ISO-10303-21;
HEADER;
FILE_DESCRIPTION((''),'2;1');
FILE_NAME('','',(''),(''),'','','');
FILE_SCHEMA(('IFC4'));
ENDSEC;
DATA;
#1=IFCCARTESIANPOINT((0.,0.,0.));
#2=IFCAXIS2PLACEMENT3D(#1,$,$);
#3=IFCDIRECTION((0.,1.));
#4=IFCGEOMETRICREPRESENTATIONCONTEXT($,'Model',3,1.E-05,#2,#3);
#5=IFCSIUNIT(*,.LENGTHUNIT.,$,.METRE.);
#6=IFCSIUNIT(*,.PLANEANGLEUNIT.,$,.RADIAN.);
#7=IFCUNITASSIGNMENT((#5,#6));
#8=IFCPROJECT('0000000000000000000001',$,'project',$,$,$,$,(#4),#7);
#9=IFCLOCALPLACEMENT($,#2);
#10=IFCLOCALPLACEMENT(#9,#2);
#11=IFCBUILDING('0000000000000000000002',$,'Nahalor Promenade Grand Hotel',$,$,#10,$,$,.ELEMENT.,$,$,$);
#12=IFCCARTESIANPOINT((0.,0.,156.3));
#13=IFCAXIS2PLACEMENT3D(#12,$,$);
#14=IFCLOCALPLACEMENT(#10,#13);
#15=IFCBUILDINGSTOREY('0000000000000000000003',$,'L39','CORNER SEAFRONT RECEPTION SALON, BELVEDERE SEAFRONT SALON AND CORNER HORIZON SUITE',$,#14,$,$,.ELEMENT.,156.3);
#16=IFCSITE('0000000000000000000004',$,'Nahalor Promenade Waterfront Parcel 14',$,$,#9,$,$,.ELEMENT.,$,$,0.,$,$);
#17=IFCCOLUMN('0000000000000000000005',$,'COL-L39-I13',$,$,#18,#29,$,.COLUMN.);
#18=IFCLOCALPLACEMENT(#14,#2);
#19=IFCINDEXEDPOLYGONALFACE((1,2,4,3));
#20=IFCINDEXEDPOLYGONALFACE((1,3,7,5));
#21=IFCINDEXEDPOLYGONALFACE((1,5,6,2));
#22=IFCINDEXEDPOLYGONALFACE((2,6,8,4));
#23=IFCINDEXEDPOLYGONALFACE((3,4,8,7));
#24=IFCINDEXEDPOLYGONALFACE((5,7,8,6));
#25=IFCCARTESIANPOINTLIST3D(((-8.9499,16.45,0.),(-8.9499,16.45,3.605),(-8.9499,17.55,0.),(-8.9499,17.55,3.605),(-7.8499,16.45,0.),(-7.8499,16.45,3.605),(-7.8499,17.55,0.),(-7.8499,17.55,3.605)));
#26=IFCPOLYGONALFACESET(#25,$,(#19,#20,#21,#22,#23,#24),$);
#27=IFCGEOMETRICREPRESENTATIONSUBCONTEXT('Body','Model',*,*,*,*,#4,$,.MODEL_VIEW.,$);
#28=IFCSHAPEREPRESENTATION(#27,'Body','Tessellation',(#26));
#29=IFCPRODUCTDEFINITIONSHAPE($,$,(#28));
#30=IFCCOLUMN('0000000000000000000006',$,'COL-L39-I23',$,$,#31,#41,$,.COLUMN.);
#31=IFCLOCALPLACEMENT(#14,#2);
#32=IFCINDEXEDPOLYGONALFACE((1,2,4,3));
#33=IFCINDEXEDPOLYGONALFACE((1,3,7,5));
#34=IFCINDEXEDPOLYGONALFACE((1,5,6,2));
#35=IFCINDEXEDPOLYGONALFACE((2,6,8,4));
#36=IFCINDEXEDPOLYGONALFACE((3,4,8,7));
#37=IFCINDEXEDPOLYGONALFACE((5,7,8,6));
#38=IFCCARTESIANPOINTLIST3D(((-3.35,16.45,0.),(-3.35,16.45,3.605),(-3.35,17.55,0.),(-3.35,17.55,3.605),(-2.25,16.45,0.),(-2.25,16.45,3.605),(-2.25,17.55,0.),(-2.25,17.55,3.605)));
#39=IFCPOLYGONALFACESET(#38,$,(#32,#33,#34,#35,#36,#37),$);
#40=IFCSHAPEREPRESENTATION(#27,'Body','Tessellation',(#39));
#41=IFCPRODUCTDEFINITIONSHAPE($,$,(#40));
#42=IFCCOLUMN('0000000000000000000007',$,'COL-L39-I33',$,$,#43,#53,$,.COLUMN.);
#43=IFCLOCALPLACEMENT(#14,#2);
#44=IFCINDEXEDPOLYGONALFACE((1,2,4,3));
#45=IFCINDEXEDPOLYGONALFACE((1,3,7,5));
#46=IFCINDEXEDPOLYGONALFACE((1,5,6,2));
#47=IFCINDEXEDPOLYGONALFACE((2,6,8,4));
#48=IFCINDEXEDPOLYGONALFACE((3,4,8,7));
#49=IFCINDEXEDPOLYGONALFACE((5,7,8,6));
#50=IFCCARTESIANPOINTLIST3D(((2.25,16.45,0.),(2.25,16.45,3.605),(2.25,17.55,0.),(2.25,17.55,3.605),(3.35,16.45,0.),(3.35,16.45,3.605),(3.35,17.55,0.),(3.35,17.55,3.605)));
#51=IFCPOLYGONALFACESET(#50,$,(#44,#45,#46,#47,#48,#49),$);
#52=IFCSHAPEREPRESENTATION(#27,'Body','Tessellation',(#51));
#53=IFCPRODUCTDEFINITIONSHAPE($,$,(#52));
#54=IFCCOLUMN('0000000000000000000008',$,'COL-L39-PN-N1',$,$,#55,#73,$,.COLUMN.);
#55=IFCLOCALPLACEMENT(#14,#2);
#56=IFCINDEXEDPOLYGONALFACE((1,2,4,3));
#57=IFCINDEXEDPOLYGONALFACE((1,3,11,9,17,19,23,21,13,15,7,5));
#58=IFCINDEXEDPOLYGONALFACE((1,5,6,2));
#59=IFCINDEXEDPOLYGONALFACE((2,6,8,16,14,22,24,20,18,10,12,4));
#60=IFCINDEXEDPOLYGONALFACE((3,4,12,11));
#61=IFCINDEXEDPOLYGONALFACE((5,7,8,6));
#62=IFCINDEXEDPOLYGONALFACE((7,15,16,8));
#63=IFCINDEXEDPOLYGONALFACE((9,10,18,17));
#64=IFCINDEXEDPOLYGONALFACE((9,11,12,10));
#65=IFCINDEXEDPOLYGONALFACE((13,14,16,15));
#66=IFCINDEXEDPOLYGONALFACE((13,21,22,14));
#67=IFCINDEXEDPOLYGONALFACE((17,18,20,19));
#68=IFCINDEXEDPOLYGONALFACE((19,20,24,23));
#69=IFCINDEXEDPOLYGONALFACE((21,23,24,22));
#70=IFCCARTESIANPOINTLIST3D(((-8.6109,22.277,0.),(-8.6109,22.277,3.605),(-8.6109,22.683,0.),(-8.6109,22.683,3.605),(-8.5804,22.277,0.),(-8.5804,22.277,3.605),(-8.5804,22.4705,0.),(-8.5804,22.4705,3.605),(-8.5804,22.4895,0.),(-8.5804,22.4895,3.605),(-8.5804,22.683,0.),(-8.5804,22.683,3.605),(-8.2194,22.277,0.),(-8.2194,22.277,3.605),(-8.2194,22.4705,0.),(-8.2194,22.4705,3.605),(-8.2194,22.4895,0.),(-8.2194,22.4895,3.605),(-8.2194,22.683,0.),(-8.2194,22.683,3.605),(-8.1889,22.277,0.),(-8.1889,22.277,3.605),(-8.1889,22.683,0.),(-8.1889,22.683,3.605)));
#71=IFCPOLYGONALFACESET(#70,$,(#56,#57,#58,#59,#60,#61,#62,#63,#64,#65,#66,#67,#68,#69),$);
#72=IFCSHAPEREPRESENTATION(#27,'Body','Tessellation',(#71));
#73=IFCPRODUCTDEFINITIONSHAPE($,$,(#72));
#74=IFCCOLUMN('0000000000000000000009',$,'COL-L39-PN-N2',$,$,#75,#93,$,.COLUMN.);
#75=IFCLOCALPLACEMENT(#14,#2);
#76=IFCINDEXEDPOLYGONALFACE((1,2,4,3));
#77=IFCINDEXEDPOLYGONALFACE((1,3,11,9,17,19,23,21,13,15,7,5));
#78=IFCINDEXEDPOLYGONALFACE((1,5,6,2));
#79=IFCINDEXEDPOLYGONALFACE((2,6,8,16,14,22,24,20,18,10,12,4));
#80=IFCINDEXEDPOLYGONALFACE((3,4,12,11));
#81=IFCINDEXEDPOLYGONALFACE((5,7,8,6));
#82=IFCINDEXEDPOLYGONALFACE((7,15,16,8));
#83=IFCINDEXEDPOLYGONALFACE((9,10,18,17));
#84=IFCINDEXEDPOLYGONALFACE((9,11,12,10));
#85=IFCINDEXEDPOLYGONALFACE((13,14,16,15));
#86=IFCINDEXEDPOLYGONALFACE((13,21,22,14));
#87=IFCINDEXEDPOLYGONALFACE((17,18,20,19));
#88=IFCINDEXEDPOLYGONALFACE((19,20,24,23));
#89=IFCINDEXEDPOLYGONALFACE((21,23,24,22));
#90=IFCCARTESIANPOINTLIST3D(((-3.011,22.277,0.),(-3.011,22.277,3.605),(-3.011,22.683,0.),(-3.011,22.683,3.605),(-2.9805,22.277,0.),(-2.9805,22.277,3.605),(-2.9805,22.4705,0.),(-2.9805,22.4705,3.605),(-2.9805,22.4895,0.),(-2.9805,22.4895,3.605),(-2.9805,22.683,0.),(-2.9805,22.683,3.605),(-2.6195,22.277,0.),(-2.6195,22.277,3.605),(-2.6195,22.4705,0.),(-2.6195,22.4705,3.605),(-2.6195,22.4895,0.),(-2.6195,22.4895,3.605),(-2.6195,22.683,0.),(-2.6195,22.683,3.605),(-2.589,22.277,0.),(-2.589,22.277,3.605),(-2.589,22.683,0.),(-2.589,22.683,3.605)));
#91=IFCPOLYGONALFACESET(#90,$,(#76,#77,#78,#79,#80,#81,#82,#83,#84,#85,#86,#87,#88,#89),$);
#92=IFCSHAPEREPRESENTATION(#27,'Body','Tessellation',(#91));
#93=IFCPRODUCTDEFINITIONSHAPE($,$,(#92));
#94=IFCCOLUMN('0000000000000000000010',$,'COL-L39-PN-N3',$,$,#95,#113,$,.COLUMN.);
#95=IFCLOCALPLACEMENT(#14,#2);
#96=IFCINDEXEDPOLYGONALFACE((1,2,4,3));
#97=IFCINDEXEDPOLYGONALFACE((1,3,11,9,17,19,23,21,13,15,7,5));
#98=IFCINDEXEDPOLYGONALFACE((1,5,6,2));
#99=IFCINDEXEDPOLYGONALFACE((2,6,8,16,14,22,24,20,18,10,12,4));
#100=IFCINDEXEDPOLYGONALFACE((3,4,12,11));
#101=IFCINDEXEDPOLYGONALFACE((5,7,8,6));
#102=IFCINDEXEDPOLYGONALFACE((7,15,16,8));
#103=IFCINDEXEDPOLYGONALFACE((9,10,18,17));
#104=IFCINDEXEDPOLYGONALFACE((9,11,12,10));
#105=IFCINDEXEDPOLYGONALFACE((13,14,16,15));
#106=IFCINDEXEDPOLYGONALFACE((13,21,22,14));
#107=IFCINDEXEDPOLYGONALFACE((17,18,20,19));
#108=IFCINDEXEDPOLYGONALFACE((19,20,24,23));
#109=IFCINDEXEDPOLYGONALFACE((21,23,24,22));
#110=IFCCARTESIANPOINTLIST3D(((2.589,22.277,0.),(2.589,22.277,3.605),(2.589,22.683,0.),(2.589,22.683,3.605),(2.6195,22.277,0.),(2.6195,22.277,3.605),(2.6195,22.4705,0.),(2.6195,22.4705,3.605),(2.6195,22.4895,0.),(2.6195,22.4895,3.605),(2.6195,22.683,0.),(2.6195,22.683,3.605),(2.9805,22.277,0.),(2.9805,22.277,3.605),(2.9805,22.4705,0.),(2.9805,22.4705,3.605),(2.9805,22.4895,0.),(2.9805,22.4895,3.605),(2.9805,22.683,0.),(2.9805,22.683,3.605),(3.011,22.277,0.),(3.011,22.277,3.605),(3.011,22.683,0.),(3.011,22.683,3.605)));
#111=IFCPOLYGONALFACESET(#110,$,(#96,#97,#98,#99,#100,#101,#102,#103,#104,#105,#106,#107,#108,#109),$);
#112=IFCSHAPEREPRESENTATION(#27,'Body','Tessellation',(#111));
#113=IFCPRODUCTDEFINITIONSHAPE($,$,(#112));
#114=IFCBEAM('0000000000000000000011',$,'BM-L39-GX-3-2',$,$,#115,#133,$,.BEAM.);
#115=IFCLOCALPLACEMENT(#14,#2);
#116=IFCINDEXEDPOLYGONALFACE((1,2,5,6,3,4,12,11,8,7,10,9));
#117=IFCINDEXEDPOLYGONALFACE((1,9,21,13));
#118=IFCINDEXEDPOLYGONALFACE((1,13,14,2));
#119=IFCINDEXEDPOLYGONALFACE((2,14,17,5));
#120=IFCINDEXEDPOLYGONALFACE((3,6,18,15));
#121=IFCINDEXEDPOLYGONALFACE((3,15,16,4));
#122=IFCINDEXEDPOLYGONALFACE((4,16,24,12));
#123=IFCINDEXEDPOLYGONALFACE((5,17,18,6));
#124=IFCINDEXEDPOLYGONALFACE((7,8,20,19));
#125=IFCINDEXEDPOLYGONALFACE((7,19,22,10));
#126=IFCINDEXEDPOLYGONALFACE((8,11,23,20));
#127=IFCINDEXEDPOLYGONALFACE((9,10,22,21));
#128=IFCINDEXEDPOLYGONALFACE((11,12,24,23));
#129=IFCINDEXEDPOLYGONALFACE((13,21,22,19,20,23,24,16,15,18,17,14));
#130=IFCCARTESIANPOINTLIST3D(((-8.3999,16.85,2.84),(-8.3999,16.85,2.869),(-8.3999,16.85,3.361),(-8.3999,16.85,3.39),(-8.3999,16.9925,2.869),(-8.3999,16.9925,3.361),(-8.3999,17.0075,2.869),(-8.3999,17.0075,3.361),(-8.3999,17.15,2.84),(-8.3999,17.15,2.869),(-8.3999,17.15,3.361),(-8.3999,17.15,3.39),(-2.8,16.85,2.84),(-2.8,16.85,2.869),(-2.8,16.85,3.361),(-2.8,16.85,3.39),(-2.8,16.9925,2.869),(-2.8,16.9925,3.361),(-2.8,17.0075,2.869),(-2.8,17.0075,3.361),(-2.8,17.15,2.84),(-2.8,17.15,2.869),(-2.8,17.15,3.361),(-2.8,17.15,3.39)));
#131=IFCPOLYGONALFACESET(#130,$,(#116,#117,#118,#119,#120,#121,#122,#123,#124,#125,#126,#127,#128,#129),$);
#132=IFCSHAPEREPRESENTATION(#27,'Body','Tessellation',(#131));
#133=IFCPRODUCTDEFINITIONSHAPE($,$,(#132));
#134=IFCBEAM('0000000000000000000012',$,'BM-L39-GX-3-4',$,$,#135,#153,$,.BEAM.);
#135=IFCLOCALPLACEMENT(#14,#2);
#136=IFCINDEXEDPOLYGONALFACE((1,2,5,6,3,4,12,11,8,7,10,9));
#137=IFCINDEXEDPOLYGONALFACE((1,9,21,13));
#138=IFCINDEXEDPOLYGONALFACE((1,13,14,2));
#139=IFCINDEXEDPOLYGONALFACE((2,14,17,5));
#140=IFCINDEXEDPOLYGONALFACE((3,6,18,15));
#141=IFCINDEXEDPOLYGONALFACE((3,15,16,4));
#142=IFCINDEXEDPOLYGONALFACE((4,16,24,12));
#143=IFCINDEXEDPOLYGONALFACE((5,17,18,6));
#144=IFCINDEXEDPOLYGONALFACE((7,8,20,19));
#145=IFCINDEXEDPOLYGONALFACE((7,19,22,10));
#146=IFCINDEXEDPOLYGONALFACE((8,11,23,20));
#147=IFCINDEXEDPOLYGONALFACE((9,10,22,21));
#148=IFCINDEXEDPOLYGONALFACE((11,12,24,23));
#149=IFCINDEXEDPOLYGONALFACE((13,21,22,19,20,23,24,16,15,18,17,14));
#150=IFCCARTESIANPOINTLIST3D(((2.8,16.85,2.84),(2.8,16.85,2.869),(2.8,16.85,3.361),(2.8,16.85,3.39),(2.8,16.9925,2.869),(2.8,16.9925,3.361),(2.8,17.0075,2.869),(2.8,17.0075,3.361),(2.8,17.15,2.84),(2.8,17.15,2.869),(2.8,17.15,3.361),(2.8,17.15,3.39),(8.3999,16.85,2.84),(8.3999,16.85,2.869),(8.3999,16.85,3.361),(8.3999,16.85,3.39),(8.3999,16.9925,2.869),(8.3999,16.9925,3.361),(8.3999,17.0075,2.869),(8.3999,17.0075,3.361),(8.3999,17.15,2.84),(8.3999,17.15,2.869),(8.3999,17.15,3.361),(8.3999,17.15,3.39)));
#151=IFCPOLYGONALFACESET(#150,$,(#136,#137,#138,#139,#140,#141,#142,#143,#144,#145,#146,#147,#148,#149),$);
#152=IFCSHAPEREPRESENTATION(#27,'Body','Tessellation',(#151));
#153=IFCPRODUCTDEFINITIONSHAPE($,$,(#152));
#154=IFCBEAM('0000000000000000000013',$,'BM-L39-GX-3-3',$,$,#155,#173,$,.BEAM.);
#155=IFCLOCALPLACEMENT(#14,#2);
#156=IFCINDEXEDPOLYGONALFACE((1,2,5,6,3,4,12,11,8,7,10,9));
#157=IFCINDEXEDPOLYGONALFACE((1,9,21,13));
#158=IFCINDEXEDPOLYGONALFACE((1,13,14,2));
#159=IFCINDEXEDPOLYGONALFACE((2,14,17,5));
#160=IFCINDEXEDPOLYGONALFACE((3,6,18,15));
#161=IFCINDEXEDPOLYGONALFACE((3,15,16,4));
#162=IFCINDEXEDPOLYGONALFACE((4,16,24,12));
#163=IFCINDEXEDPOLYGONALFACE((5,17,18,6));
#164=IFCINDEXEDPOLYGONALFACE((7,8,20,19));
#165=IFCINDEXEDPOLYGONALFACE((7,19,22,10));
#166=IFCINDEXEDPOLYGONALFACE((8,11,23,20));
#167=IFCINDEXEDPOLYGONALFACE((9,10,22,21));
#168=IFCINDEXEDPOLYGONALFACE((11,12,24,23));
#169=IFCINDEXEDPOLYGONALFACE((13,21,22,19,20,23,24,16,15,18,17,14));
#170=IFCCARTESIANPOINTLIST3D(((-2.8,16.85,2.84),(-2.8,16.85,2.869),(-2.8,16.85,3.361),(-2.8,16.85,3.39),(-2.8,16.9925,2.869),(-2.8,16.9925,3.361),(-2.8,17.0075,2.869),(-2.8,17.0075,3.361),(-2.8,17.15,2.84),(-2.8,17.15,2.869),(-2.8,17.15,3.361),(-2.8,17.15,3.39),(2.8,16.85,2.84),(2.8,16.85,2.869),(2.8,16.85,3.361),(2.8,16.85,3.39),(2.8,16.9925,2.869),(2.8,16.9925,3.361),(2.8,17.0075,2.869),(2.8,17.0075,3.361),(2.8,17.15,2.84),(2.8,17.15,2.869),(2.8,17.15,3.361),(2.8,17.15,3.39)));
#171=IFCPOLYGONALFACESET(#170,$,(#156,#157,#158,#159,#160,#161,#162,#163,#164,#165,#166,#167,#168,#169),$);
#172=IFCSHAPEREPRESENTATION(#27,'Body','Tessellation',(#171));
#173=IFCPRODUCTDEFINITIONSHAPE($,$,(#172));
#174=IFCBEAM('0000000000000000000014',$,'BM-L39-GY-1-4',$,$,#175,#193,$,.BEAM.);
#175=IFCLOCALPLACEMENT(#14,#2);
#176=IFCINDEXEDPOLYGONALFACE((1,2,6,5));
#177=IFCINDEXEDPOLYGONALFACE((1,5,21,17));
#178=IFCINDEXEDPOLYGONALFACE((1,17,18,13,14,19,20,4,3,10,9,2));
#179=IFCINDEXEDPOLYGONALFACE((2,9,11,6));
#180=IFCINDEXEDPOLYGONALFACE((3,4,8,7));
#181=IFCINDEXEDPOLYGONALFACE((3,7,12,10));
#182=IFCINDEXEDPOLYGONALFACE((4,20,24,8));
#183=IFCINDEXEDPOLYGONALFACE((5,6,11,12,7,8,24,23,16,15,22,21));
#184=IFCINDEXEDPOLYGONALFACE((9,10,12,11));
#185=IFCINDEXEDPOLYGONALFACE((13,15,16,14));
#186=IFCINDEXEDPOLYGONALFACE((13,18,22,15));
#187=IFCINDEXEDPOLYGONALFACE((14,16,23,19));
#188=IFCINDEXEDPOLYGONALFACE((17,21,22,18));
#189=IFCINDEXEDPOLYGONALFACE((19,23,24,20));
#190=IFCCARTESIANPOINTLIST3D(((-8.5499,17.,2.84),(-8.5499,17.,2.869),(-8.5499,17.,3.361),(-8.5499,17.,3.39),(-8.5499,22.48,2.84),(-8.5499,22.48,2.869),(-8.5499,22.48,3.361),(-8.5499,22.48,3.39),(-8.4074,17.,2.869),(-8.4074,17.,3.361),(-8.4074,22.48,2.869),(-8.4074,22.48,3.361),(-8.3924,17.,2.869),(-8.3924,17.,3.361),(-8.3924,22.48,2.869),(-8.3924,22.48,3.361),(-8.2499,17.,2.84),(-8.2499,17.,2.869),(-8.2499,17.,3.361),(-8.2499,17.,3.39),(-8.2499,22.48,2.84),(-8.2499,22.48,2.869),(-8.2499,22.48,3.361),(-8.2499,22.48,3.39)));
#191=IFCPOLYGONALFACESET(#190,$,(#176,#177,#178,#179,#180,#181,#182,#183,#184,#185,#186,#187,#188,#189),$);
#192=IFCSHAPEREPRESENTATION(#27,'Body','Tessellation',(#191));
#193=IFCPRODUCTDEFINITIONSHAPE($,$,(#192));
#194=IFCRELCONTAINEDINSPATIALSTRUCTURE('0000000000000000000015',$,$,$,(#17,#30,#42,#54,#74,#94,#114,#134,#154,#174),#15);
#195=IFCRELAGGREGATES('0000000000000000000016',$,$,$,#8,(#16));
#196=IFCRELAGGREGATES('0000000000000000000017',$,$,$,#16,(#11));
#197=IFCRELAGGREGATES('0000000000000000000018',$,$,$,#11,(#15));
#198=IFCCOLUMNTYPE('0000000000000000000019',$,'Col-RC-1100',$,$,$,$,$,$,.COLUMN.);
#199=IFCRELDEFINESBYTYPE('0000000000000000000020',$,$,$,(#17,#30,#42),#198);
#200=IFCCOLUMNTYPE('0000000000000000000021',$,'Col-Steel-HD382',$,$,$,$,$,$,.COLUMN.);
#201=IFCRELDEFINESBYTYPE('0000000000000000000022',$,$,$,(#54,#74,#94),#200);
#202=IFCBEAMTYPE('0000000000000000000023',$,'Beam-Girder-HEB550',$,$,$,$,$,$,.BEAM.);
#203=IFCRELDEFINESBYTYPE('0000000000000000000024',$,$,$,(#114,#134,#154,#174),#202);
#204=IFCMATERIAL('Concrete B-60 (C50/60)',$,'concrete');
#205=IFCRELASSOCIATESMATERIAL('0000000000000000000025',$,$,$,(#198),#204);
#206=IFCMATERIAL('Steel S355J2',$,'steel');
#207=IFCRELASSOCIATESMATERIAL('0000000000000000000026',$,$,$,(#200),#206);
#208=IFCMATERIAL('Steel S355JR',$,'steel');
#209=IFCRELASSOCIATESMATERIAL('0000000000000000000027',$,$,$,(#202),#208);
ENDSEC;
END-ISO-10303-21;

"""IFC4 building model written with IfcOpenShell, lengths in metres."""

from ifc_helpers import new_model, si_unit, direction, frame, origin, origin_2d, place, context, subcontext, project, spatial, rectangle, i_section, extrude, source, transform, mapped, material, material_profile, profile_set, type_object, element, save


model = new_model("IFC4")

# Units and contexts
model_context = context("Model", 3, precision=1e-05, world=origin(), true_north=direction((0.0, 1.0)))
body_context = subcontext(model_context, "Body", "Model", "MODEL_VIEW")
ifc_project = project(units=[si_unit("LENGTHUNIT", "METRE"), si_unit("PLANEANGLEUNIT", "RADIAN")], contexts=[model_context])

# Site, building, storey
site_placement = place(None, origin())
site = spatial("IfcSite", under=ifc_project, at=site_placement, Name="Nahalor Promenade Waterfront Parcel 14", CompositionType="ELEMENT", RefElevation=0.0)
building_placement = place(site_placement, origin())
building = spatial("IfcBuilding", under=site, at=building_placement, Name="Nahalor Promenade Grand Hotel", CompositionType="ELEMENT")
storey_placement = place(building_placement, frame((0.0, 0.0, 156.3)))
storey = spatial("IfcBuildingStorey", under=building, at=storey_placement, Name="L39", Description="CORNER SEAFRONT RECEPTION SALON, BELVEDERE SEAFRONT SALON AND CORNER HORIZON SUITE", CompositionType="ELEMENT", Elevation=156.3)

# Columns
ifc_material_1 = material(Name="Concrete B-60 (C50/60)", Category="concrete")
ifc_material_profile_1 = material_profile(ifc_material_1, rectangle(XDim=1.1, YDim=1.1, at=origin_2d()), Name="RC 1100x1100")
ifc_profile_set_1 = profile_set([ifc_material_profile_1], Name="Concrete B-60 (C50/60)")
column_type_1 = type_object("IfcColumnType", Name="Col-RC-1100", PredefinedType="COLUMN", material=ifc_profile_set_1)
shared_shape_1 = source(origin(), body_context, "Body", "SweptSolid", [
    extrude(rectangle(XDim=1.1, YDim=1.1, at=origin_2d()), origin(), (0.0, 0.0, 1.0), 3.605),
])
for number, where, z_axis, x_axis, name in (
    (1, (-8.3999, 17.0, 0.0), (0.0, 0.0, 1.0), (1.0, 0.0, 0.0), "COL-L39-I13"),
    (2, (-2.8, 17.0, 0.0), (0.0, 0.0, 1.0), (1.0, 0.0, 0.0), "COL-L39-I23"),
    (3, (2.8, 17.0, 0.0), (0.0, 0.0, 1.0), (1.0, 0.0, 0.0), "COL-L39-I33"),
):
    element("IfcColumn", number, at=place(storey_placement, frame(where, z_axis=z_axis, x_axis=x_axis)), inside=storey, type_object=column_type_1, Name=name, PredefinedType="COLUMN", context=body_context, shape_type="MappedRepresentation", body=[
        mapped(shared_shape_1, transform((0.0, 0.0, 0.0), scale=1.0)),
    ])
ifc_material_2 = material(Name="Steel S355J2", Category="steel")
ifc_material_profile_2 = material_profile(ifc_material_2, i_section(OverallWidth=0.406, OverallDepth=0.422, WebThickness=0.019, FlangeThickness=0.0305, at=origin_2d()), Name="HD 400x382")
ifc_profile_set_2 = profile_set([ifc_material_profile_2], Name="Steel S355J2")
column_type_2 = type_object("IfcColumnType", Name="Col-Steel-HD382", PredefinedType="COLUMN", material=ifc_profile_set_2)
shared_shape_2 = source(origin(), body_context, "Body", "SweptSolid", [
    extrude(i_section(OverallWidth=0.406, OverallDepth=0.422, WebThickness=0.019, FlangeThickness=0.0305, at=origin_2d()), origin(), (0.0, 0.0, 1.0), 3.605),
])
for number, where, z_axis, x_axis, name in (
    (4, (-8.3999, 22.48, 0.0), (0.0, 0.0, 1.0), (0.0, 1.0, 0.0), "COL-L39-PN-N1"),
    (5, (-2.8, 22.48, 0.0), (0.0, 0.0, 1.0), (0.0, 1.0, 0.0), "COL-L39-PN-N2"),
    (6, (2.8, 22.48, 0.0), (0.0, 0.0, 1.0), (0.0, 1.0, 0.0), "COL-L39-PN-N3"),
):
    element("IfcColumn", number, at=place(storey_placement, frame(where, z_axis=z_axis, x_axis=x_axis)), inside=storey, type_object=column_type_2, Name=name, PredefinedType="COLUMN", context=body_context, shape_type="MappedRepresentation", body=[
        mapped(shared_shape_2, transform((0.0, 0.0, 0.0), scale=1.0)),
    ])

# Beams
ifc_material_3 = material(Name="Steel S355JR", Category="steel")
ifc_material_profile_3 = material_profile(ifc_material_3, i_section(OverallWidth=0.3, OverallDepth=0.55, WebThickness=0.015, FlangeThickness=0.029, at=origin_2d()), Name="HEB 550")
ifc_profile_set_3 = profile_set([ifc_material_profile_3], Name="Steel S355JR")
beam_type_1 = type_object("IfcBeamType", Name="Beam-Girder-HEB550", PredefinedType="BEAM", material=ifc_profile_set_3)
shared_shape_3 = source(origin(), body_context, "Body", "SweptSolid", [
    extrude(i_section(OverallWidth=0.3, OverallDepth=0.55, WebThickness=0.015, FlangeThickness=0.029, at=origin_2d()), origin(), (0.0, 0.0, 1.0), 5.5999),
])
for number, where, z_axis, x_axis, name in (
    (7, (-8.3999, 17.0, 3.115), (1.0, 0.0, 0.0), (0.0, 1.0, 0.0), "BM-L39-GX-3-2"),
    (8, (2.8, 17.0, 3.115), (1.0, 0.0, 0.0), (0.0, 1.0, 0.0), "BM-L39-GX-3-4"),
):
    element("IfcBeam", number, at=place(storey_placement, frame(where, z_axis=z_axis, x_axis=x_axis)), inside=storey, type_object=beam_type_1, Name=name, PredefinedType="BEAM", context=body_context, shape_type="MappedRepresentation", body=[
        mapped(shared_shape_3, transform((0.0, 0.0, 0.0), scale=1.0)),
    ])
shared_shape_4 = source(origin(), body_context, "Body", "SweptSolid", [
    extrude(i_section(OverallWidth=0.3, OverallDepth=0.55, WebThickness=0.015, FlangeThickness=0.029, at=origin_2d()), origin(), (0.0, 0.0, 1.0), 5.6001),
])
beam_1_placement = place(storey_placement, frame((-2.8, 17.0, 3.115), z_axis=(1.0, 0.0, 0.0), x_axis=(0.0, 1.0, 0.0)))
element("IfcBeam", 9, at=beam_1_placement, inside=storey, type_object=beam_type_1, Name="BM-L39-GX-3-3", PredefinedType="BEAM", context=body_context, shape_type="MappedRepresentation", body=[
    mapped(shared_shape_4, transform((0.0, 0.0, 0.0), scale=1.0)),
])
shared_shape_5 = source(origin(), body_context, "Body", "SweptSolid", [
    extrude(i_section(OverallWidth=0.3, OverallDepth=0.55, WebThickness=0.015, FlangeThickness=0.029, at=origin_2d()), origin(), (0.0, 0.0, 1.0), 5.48),
])
for number, where, z_axis, x_axis, name in (
    (10, (-8.3999, 17.0, 3.115), (0.0, 1.0, 0.0), (-1.0, 0.0, 0.0), "BM-L39-GY-1-4"),
):
    element("IfcBeam", number, at=place(storey_placement, frame(where, z_axis=z_axis, x_axis=x_axis)), inside=storey, type_object=beam_type_1, Name=name, PredefinedType="BEAM", context=body_context, shape_type="MappedRepresentation", body=[
        mapped(shared_shape_5, transform((0.0, 0.0, 0.0), scale=1.0)),
    ])

save(model, "model.ifc")
